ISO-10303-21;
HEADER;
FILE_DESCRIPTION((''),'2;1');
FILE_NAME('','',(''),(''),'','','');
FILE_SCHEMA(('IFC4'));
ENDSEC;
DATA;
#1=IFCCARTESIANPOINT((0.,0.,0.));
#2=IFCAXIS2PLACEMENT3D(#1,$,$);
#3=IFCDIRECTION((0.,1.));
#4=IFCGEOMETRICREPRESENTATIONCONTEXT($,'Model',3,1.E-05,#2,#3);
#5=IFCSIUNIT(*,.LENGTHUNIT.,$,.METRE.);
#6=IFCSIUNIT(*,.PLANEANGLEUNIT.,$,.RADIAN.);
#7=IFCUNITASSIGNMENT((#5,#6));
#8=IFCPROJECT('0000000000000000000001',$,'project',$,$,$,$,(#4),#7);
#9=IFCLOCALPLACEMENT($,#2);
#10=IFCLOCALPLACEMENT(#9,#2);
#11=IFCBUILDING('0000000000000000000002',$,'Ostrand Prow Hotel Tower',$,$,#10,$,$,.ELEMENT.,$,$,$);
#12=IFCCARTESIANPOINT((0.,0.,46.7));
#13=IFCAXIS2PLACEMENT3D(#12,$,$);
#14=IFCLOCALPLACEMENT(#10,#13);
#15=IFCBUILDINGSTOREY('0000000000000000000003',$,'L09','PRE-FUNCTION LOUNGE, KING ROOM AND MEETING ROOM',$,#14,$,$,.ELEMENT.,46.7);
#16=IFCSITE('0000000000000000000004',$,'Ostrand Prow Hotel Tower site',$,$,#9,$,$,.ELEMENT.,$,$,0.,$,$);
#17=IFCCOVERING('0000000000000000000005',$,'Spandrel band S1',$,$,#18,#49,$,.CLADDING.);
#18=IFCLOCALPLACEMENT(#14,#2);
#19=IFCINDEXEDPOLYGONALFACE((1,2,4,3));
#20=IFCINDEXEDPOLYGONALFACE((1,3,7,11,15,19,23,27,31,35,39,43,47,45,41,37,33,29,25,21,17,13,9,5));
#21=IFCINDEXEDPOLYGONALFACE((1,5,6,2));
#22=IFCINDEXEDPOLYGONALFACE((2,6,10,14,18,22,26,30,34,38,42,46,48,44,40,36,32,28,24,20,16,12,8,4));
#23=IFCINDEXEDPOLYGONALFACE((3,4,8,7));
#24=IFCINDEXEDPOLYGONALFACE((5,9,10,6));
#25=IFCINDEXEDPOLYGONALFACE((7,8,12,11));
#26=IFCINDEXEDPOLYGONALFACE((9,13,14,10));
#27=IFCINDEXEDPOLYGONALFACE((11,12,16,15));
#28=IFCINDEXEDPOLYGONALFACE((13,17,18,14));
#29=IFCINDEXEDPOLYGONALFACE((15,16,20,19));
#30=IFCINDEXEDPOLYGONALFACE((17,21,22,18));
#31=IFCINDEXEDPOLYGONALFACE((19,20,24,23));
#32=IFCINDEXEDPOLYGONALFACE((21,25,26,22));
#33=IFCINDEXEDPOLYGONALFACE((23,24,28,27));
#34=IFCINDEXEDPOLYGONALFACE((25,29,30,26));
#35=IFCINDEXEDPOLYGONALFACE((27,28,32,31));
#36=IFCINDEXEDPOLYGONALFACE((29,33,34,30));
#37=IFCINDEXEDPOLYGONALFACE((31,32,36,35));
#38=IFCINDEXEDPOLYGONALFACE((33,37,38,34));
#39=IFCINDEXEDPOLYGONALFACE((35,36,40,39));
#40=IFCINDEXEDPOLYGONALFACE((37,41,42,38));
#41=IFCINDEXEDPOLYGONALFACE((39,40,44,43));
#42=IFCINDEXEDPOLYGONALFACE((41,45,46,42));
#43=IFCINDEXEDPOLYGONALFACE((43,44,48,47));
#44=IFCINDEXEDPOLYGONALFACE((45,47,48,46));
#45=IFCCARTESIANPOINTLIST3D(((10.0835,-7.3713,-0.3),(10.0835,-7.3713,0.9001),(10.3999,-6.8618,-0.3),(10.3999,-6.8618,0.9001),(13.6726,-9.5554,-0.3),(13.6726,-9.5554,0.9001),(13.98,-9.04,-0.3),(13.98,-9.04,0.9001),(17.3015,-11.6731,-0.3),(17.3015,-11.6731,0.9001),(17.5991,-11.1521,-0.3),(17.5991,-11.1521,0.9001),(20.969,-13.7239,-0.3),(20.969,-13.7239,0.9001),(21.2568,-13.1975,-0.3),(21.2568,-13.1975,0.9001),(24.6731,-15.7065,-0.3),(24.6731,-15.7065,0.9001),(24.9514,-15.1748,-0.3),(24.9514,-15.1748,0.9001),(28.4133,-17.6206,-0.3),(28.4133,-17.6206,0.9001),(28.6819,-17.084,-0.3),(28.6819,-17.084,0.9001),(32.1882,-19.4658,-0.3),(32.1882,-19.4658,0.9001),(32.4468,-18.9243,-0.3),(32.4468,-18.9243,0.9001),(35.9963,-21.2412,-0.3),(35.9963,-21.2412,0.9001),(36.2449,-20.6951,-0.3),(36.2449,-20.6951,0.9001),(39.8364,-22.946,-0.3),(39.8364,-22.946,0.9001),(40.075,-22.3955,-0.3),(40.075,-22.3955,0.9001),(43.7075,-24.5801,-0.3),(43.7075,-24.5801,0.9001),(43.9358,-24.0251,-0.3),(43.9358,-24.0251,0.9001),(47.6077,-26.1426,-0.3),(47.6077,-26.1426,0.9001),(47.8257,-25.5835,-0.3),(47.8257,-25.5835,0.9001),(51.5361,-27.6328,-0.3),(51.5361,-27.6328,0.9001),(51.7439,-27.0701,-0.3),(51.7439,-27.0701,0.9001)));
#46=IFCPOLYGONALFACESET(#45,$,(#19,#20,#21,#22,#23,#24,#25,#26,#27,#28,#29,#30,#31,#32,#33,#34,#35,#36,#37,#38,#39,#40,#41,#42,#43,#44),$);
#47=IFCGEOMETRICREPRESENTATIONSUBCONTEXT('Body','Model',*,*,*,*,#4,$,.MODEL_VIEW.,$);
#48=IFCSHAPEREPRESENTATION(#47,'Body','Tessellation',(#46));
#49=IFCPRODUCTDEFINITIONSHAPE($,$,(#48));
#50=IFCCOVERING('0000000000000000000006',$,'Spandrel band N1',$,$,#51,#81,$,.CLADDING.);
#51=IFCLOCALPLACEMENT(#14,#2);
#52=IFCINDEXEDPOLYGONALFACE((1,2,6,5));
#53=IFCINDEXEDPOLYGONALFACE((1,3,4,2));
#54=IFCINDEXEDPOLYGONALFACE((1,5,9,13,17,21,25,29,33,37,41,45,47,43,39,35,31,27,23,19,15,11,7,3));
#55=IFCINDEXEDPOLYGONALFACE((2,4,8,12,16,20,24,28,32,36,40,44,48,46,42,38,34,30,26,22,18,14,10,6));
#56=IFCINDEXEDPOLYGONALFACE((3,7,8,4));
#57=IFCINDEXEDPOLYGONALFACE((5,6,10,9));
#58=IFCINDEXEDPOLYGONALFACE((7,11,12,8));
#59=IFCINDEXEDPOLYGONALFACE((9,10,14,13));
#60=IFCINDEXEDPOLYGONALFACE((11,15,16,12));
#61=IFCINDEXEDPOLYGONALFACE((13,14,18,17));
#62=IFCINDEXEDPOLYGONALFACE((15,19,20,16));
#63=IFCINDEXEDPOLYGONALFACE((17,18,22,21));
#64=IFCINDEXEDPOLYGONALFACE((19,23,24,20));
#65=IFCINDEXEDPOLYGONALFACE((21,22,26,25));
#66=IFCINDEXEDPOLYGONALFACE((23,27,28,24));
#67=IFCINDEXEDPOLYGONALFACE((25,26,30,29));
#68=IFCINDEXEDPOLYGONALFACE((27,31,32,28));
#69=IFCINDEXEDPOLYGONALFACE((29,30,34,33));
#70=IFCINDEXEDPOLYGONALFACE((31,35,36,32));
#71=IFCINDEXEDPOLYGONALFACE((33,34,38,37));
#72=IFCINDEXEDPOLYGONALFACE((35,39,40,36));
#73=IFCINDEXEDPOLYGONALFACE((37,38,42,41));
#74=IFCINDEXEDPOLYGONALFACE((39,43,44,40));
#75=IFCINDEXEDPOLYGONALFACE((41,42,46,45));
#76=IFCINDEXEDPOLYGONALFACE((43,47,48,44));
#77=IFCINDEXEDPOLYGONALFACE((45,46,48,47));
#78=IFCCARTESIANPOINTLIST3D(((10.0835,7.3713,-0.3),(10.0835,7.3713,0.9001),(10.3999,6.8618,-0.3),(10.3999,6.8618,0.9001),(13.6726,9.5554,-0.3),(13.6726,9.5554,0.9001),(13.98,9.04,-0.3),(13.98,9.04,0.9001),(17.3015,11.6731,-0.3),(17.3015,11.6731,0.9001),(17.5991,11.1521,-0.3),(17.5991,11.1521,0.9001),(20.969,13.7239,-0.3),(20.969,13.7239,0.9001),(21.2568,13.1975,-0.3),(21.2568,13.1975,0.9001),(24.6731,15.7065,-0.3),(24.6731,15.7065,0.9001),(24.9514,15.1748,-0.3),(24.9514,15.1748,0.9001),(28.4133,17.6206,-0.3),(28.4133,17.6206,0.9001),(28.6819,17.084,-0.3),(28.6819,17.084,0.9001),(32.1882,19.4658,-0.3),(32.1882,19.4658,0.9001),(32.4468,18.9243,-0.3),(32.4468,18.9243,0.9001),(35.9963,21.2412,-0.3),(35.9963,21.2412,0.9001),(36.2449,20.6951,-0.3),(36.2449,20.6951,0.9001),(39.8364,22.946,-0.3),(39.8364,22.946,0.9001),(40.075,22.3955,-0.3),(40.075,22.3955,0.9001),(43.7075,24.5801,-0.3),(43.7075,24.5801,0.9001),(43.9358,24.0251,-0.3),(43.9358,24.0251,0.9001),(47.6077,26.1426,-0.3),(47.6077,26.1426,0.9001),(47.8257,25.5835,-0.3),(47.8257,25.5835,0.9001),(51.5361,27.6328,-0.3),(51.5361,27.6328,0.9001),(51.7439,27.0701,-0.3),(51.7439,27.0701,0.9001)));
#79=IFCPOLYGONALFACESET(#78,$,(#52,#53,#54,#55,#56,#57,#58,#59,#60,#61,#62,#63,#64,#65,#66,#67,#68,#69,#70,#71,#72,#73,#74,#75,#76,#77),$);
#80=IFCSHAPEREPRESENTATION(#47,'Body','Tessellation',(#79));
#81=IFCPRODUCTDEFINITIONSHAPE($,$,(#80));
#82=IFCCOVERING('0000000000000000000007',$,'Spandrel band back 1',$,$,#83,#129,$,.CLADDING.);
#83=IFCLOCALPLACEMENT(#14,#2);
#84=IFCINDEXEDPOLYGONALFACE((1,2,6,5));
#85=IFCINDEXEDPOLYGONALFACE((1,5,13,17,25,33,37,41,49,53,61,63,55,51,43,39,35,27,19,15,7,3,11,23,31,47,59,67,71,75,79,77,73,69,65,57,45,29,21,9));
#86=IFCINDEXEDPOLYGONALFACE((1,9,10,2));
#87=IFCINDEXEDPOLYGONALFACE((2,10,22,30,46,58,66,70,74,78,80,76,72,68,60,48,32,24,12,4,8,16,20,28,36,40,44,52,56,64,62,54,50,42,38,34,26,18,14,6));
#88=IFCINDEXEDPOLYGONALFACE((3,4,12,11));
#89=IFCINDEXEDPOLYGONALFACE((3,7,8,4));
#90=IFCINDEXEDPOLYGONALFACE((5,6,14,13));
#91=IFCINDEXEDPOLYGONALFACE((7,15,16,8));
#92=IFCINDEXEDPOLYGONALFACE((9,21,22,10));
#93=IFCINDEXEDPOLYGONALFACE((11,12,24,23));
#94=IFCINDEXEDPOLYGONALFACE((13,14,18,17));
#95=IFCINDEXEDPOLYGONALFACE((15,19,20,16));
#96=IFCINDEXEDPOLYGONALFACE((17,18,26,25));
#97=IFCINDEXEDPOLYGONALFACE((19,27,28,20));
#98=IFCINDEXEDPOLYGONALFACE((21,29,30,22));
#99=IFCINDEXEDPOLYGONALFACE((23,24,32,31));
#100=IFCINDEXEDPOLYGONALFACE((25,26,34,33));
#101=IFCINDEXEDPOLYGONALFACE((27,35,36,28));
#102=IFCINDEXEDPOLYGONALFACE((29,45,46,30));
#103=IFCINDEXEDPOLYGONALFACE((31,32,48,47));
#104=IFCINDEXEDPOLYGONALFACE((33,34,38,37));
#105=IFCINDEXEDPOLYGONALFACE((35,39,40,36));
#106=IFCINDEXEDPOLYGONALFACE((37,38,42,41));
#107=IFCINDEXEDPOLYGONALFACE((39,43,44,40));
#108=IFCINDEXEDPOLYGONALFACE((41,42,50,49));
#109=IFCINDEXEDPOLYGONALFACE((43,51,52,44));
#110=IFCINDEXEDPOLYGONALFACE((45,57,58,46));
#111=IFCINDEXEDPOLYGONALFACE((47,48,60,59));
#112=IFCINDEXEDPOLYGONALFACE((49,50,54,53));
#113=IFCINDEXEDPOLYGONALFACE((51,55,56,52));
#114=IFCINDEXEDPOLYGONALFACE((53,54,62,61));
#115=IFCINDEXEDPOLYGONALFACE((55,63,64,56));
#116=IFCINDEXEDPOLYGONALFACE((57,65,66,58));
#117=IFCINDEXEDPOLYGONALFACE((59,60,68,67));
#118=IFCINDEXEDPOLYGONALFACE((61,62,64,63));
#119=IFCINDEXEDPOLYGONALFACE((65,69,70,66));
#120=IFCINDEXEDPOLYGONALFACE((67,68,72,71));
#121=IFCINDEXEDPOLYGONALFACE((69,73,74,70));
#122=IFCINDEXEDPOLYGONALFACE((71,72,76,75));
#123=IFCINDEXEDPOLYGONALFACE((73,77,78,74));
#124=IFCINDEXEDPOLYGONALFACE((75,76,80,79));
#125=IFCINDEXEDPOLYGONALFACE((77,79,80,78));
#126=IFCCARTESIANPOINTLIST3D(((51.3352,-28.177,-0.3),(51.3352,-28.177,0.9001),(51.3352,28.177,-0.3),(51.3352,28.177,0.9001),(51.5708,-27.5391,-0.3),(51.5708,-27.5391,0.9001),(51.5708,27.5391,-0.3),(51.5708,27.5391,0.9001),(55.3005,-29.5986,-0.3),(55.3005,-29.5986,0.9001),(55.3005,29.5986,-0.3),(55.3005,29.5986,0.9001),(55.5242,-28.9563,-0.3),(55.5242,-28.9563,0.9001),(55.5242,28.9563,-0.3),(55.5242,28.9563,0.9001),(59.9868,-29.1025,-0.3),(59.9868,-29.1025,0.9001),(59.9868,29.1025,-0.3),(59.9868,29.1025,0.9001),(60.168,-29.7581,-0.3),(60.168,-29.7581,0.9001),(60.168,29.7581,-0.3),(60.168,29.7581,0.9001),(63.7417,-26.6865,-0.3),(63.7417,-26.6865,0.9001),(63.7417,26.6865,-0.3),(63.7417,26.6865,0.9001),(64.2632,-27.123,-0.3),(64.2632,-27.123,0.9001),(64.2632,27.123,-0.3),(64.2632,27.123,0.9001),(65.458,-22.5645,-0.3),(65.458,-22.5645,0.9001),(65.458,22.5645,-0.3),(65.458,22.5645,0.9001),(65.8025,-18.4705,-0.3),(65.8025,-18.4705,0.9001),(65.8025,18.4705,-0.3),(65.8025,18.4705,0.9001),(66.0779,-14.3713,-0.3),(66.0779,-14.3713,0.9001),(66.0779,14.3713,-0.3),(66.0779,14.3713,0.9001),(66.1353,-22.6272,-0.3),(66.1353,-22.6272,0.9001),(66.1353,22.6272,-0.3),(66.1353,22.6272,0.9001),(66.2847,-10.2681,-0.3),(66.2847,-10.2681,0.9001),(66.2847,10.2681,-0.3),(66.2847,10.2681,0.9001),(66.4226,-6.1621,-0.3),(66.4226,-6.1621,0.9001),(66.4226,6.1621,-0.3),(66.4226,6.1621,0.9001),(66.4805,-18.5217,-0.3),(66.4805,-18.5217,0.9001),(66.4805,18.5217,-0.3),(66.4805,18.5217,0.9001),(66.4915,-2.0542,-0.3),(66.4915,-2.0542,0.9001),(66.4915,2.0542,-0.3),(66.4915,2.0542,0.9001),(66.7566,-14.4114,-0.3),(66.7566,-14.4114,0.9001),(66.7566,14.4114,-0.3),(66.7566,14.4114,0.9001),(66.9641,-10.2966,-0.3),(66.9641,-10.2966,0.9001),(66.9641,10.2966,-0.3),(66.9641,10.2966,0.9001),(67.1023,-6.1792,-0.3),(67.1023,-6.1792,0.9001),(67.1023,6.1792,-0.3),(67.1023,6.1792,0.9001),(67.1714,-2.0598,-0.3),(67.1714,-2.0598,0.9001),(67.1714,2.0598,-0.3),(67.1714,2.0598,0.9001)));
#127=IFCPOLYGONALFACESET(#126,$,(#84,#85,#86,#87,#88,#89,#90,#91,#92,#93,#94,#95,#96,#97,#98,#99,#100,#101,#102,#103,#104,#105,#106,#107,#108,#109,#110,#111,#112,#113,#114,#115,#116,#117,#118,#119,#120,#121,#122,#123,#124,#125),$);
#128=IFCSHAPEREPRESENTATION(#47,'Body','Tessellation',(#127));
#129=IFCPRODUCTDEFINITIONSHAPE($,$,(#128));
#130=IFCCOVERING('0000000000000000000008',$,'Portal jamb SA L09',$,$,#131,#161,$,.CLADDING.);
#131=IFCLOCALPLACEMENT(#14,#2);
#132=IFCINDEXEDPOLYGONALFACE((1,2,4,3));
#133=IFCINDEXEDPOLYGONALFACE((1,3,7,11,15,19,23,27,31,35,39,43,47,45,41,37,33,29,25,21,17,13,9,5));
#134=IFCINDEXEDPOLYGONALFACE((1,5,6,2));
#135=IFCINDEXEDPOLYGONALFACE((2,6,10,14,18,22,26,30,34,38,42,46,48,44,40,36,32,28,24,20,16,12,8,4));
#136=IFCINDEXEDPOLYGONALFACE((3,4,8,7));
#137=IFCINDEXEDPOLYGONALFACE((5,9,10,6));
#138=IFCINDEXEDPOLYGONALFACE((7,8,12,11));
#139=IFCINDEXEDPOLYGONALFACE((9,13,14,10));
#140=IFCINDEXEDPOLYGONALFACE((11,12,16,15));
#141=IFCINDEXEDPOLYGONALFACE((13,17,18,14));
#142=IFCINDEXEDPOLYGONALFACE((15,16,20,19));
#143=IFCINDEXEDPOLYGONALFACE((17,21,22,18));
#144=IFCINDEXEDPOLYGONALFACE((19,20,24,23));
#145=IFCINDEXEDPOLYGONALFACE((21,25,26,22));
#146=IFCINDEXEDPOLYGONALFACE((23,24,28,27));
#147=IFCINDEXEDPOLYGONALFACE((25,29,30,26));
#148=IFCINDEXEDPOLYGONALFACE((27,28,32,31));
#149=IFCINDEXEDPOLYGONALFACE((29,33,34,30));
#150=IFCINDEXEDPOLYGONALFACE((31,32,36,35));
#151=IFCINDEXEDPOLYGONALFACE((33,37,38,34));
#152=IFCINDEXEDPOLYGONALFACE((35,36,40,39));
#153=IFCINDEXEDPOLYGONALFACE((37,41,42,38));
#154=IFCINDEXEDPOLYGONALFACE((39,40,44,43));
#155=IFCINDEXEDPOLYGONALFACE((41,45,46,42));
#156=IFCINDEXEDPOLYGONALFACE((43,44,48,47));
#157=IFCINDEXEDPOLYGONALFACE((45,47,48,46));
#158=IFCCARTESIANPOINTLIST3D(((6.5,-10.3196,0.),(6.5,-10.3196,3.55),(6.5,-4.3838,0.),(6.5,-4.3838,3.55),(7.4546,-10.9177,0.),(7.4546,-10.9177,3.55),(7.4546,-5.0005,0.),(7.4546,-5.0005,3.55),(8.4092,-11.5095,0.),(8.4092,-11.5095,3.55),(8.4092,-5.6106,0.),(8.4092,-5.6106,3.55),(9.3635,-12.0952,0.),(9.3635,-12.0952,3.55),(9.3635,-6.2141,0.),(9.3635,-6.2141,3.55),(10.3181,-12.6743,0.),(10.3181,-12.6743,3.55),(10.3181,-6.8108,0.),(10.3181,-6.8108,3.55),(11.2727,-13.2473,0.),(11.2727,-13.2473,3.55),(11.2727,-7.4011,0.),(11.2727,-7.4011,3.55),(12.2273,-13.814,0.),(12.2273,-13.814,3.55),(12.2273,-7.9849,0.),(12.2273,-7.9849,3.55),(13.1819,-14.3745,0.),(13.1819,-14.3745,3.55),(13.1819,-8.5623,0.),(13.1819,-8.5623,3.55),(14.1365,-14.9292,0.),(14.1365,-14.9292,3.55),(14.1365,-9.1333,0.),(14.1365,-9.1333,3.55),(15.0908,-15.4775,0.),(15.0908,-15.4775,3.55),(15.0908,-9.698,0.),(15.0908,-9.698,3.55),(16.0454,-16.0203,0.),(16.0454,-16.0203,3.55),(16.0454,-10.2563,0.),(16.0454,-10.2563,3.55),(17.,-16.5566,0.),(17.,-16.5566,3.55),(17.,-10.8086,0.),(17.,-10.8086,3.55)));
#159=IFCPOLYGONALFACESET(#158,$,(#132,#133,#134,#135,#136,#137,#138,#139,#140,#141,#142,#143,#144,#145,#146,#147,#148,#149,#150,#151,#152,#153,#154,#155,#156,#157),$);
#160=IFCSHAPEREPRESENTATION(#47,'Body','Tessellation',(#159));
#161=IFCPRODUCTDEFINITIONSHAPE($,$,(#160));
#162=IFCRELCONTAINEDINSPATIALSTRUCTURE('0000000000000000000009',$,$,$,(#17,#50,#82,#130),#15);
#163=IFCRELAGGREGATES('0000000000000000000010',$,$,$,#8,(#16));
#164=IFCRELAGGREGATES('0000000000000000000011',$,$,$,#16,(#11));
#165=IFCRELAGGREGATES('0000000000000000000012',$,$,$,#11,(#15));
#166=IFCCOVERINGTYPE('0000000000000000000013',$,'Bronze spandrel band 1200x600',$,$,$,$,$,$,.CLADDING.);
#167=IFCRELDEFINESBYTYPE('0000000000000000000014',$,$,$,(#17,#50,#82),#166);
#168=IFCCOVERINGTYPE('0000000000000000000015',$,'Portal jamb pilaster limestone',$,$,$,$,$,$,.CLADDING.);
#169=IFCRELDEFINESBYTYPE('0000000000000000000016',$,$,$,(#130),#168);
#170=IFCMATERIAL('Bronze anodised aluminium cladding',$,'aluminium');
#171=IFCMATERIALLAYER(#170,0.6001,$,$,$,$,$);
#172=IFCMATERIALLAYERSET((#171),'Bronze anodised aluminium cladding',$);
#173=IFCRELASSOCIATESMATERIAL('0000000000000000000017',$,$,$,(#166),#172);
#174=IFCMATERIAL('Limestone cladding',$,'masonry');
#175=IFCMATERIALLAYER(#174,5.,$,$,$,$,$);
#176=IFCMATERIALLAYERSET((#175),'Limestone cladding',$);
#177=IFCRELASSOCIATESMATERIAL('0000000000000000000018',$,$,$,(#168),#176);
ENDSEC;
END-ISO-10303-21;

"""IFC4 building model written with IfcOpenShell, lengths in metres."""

from ifc_helpers import new_model, si_unit, direction, frame, origin, place, context, subcontext, project, spatial, polyline, outline, extrude, material, layer, layer_set, type_object, element, save


model = new_model("IFC4")

# Units and contexts
model_context = context("Model", 3, precision=1e-05, world=origin(), true_north=direction((0.0, 1.0)))
body_context = subcontext(model_context, "Body", "Model", "MODEL_VIEW")
ifc_project = project(units=[si_unit("LENGTHUNIT", "METRE"), si_unit("PLANEANGLEUNIT", "RADIAN")], contexts=[model_context])

# Site, building, storey
site_placement = place(None, origin())
site = spatial("IfcSite", under=ifc_project, at=site_placement, Name="Ostrand Prow Hotel Tower site", CompositionType="ELEMENT", RefElevation=0.0)
building_placement = place(site_placement, origin())
building = spatial("IfcBuilding", under=site, at=building_placement, Name="Ostrand Prow Hotel Tower", CompositionType="ELEMENT")
storey_placement = place(building_placement, frame((0.0, 0.0, 46.7)))
storey = spatial("IfcBuildingStorey", under=building, at=storey_placement, Name="L09", Description="PRE-FUNCTION LOUNGE, KING ROOM AND MEETING ROOM", CompositionType="ELEMENT", Elevation=46.7)

# Coverings
ifc_material_1 = material(Name="Bronze anodised aluminium cladding", Category="aluminium")
ifc_layer_1 = layer(ifc_material_1, 0.6001)
ifc_layer_set_1 = layer_set([ifc_layer_1], Name="Bronze anodised aluminium cladding")
covering_type_1 = type_object("IfcCoveringType", Name="Bronze spandrel band 1200x600", PredefinedType="CLADDING", material=ifc_layer_set_1)
covering_1_placement = place(storey_placement, frame((0.0, 0.0, -0.3)))
element("IfcCovering", 1, at=covering_1_placement, inside=storey, type_object=covering_type_1, Name="Spandrel band S1", PredefinedType="CLADDING", context=body_context, shape_type="SweptSolid", body=[
    extrude(outline(polyline([(10.0835, -7.3713), (13.6726, -9.5554), (17.3015, -11.6731), (20.969, -13.7239), (24.6731, -15.7065), (28.4133, -17.6206), (32.1882, -19.4658), (35.9963, -21.2412), (39.8364, -22.946), (43.7075, -24.5801), (47.6077, -26.1426), (51.5361, -27.6328), (51.7439, -27.0701), (47.8257, -25.5835), (43.9358, -24.0251), (40.075, -22.3955), (36.2449, -20.6951), (32.4468, -18.9243), (28.6819, -17.084), (24.9514, -15.1748), (21.2568, -13.1975), (17.5991, -11.1521), (13.98, -9.04), (10.3999, -6.8618), (10.0835, -7.3713)])), origin(), (0.0, 0.0, 1.0), 1.2002),
])
covering_2_placement = place(storey_placement, frame((0.0, 0.0, -0.3)))
element("IfcCovering", 2, at=covering_2_placement, inside=storey, type_object=covering_type_1, Name="Spandrel band N1", PredefinedType="CLADDING", context=body_context, shape_type="SweptSolid", body=[
    extrude(outline(polyline([(51.5361, 27.6328), (47.6077, 26.1426), (43.7075, 24.5801), (39.8364, 22.946), (35.9963, 21.2412), (32.1882, 19.4658), (28.4133, 17.6206), (24.6731, 15.7065), (20.969, 13.7239), (17.3015, 11.6731), (13.6726, 9.5554), (10.0835, 7.3713), (10.3999, 6.8618), (13.98, 9.04), (17.5991, 11.1521), (21.2568, 13.1975), (24.9514, 15.1748), (28.6819, 17.084), (32.4468, 18.9243), (36.2449, 20.6951), (40.075, 22.3955), (43.9358, 24.0251), (47.8257, 25.5835), (51.7439, 27.0701), (51.5361, 27.6328)])), origin(), (0.0, 0.0, 1.0), 1.2002),
])
covering_3_placement = place(storey_placement, frame((0.0, 0.0, -0.3)))
element("IfcCovering", 3, at=covering_3_placement, inside=storey, type_object=covering_type_1, Name="Spandrel band back 1", PredefinedType="CLADDING", context=body_context, shape_type="SweptSolid", body=[
    extrude(outline(polyline([(51.3352, -28.177), (55.3005, -29.5986), (60.168, -29.7581), (64.2632, -27.123), (66.1353, -22.6272), (66.4805, -18.5217), (66.7566, -14.4114), (66.9641, -10.2966), (67.1023, -6.1792), (67.1714, -2.0598), (67.1714, 2.0598), (67.1023, 6.1792), (66.9641, 10.2966), (66.7566, 14.4114), (66.4805, 18.5217), (66.1353, 22.6272), (64.2632, 27.123), (60.168, 29.7581), (55.3005, 29.5986), (51.3352, 28.177), (51.5708, 27.5391), (55.5242, 28.9563), (59.9868, 29.1025), (63.7417, 26.6865), (65.458, 22.5645), (65.8025, 18.4705), (66.0779, 14.3713), (66.2847, 10.2681), (66.4226, 6.1621), (66.4915, 2.0542), (66.4915, -2.0542), (66.4226, -6.1621), (66.2847, -10.2681), (66.0779, -14.3713), (65.8025, -18.4705), (65.458, -22.5645), (63.7417, -26.6865), (59.9868, -29.1025), (55.5242, -28.9563), (51.5708, -27.5391), (51.3352, -28.177)])), origin(), (0.0, 0.0, 1.0), 1.2002),
])
ifc_material_2 = material(Name="Limestone cladding", Category="masonry")
ifc_layer_2 = layer(ifc_material_2, 5.0)
ifc_layer_set_2 = layer_set([ifc_layer_2], Name="Limestone cladding")
covering_type_2 = type_object("IfcCoveringType", Name="Portal jamb pilaster limestone", PredefinedType="CLADDING", material=ifc_layer_set_2)
covering_4_placement = place(storey_placement, origin())
element("IfcCovering", 4, at=covering_4_placement, inside=storey, type_object=covering_type_2, Name="Portal jamb SA L09", PredefinedType="CLADDING", context=body_context, shape_type="SweptSolid", body=[
    extrude(outline(polyline([(6.5, -4.3838), (6.5, -10.3196), (7.4546, -10.9177), (8.4092, -11.5095), (9.3635, -12.0952), (10.3181, -12.6743), (11.2727, -13.2473), (12.2273, -13.814), (13.1819, -14.3745), (14.1365, -14.9292), (15.0908, -15.4775), (16.0454, -16.0203), (17.0, -16.5566), (17.0, -10.8086), (16.0454, -10.2563), (15.0908, -9.698), (14.1365, -9.1333), (13.1819, -8.5623), (12.2273, -7.9849), (11.2727, -7.4011), (10.3181, -6.8108), (9.3635, -6.2141), (8.4092, -5.6106), (7.4546, -5.0005), (6.5, -4.3838)])), origin(), (0.0, 0.0, 1.0), 3.55),
])

save(model, "model.ifc")
